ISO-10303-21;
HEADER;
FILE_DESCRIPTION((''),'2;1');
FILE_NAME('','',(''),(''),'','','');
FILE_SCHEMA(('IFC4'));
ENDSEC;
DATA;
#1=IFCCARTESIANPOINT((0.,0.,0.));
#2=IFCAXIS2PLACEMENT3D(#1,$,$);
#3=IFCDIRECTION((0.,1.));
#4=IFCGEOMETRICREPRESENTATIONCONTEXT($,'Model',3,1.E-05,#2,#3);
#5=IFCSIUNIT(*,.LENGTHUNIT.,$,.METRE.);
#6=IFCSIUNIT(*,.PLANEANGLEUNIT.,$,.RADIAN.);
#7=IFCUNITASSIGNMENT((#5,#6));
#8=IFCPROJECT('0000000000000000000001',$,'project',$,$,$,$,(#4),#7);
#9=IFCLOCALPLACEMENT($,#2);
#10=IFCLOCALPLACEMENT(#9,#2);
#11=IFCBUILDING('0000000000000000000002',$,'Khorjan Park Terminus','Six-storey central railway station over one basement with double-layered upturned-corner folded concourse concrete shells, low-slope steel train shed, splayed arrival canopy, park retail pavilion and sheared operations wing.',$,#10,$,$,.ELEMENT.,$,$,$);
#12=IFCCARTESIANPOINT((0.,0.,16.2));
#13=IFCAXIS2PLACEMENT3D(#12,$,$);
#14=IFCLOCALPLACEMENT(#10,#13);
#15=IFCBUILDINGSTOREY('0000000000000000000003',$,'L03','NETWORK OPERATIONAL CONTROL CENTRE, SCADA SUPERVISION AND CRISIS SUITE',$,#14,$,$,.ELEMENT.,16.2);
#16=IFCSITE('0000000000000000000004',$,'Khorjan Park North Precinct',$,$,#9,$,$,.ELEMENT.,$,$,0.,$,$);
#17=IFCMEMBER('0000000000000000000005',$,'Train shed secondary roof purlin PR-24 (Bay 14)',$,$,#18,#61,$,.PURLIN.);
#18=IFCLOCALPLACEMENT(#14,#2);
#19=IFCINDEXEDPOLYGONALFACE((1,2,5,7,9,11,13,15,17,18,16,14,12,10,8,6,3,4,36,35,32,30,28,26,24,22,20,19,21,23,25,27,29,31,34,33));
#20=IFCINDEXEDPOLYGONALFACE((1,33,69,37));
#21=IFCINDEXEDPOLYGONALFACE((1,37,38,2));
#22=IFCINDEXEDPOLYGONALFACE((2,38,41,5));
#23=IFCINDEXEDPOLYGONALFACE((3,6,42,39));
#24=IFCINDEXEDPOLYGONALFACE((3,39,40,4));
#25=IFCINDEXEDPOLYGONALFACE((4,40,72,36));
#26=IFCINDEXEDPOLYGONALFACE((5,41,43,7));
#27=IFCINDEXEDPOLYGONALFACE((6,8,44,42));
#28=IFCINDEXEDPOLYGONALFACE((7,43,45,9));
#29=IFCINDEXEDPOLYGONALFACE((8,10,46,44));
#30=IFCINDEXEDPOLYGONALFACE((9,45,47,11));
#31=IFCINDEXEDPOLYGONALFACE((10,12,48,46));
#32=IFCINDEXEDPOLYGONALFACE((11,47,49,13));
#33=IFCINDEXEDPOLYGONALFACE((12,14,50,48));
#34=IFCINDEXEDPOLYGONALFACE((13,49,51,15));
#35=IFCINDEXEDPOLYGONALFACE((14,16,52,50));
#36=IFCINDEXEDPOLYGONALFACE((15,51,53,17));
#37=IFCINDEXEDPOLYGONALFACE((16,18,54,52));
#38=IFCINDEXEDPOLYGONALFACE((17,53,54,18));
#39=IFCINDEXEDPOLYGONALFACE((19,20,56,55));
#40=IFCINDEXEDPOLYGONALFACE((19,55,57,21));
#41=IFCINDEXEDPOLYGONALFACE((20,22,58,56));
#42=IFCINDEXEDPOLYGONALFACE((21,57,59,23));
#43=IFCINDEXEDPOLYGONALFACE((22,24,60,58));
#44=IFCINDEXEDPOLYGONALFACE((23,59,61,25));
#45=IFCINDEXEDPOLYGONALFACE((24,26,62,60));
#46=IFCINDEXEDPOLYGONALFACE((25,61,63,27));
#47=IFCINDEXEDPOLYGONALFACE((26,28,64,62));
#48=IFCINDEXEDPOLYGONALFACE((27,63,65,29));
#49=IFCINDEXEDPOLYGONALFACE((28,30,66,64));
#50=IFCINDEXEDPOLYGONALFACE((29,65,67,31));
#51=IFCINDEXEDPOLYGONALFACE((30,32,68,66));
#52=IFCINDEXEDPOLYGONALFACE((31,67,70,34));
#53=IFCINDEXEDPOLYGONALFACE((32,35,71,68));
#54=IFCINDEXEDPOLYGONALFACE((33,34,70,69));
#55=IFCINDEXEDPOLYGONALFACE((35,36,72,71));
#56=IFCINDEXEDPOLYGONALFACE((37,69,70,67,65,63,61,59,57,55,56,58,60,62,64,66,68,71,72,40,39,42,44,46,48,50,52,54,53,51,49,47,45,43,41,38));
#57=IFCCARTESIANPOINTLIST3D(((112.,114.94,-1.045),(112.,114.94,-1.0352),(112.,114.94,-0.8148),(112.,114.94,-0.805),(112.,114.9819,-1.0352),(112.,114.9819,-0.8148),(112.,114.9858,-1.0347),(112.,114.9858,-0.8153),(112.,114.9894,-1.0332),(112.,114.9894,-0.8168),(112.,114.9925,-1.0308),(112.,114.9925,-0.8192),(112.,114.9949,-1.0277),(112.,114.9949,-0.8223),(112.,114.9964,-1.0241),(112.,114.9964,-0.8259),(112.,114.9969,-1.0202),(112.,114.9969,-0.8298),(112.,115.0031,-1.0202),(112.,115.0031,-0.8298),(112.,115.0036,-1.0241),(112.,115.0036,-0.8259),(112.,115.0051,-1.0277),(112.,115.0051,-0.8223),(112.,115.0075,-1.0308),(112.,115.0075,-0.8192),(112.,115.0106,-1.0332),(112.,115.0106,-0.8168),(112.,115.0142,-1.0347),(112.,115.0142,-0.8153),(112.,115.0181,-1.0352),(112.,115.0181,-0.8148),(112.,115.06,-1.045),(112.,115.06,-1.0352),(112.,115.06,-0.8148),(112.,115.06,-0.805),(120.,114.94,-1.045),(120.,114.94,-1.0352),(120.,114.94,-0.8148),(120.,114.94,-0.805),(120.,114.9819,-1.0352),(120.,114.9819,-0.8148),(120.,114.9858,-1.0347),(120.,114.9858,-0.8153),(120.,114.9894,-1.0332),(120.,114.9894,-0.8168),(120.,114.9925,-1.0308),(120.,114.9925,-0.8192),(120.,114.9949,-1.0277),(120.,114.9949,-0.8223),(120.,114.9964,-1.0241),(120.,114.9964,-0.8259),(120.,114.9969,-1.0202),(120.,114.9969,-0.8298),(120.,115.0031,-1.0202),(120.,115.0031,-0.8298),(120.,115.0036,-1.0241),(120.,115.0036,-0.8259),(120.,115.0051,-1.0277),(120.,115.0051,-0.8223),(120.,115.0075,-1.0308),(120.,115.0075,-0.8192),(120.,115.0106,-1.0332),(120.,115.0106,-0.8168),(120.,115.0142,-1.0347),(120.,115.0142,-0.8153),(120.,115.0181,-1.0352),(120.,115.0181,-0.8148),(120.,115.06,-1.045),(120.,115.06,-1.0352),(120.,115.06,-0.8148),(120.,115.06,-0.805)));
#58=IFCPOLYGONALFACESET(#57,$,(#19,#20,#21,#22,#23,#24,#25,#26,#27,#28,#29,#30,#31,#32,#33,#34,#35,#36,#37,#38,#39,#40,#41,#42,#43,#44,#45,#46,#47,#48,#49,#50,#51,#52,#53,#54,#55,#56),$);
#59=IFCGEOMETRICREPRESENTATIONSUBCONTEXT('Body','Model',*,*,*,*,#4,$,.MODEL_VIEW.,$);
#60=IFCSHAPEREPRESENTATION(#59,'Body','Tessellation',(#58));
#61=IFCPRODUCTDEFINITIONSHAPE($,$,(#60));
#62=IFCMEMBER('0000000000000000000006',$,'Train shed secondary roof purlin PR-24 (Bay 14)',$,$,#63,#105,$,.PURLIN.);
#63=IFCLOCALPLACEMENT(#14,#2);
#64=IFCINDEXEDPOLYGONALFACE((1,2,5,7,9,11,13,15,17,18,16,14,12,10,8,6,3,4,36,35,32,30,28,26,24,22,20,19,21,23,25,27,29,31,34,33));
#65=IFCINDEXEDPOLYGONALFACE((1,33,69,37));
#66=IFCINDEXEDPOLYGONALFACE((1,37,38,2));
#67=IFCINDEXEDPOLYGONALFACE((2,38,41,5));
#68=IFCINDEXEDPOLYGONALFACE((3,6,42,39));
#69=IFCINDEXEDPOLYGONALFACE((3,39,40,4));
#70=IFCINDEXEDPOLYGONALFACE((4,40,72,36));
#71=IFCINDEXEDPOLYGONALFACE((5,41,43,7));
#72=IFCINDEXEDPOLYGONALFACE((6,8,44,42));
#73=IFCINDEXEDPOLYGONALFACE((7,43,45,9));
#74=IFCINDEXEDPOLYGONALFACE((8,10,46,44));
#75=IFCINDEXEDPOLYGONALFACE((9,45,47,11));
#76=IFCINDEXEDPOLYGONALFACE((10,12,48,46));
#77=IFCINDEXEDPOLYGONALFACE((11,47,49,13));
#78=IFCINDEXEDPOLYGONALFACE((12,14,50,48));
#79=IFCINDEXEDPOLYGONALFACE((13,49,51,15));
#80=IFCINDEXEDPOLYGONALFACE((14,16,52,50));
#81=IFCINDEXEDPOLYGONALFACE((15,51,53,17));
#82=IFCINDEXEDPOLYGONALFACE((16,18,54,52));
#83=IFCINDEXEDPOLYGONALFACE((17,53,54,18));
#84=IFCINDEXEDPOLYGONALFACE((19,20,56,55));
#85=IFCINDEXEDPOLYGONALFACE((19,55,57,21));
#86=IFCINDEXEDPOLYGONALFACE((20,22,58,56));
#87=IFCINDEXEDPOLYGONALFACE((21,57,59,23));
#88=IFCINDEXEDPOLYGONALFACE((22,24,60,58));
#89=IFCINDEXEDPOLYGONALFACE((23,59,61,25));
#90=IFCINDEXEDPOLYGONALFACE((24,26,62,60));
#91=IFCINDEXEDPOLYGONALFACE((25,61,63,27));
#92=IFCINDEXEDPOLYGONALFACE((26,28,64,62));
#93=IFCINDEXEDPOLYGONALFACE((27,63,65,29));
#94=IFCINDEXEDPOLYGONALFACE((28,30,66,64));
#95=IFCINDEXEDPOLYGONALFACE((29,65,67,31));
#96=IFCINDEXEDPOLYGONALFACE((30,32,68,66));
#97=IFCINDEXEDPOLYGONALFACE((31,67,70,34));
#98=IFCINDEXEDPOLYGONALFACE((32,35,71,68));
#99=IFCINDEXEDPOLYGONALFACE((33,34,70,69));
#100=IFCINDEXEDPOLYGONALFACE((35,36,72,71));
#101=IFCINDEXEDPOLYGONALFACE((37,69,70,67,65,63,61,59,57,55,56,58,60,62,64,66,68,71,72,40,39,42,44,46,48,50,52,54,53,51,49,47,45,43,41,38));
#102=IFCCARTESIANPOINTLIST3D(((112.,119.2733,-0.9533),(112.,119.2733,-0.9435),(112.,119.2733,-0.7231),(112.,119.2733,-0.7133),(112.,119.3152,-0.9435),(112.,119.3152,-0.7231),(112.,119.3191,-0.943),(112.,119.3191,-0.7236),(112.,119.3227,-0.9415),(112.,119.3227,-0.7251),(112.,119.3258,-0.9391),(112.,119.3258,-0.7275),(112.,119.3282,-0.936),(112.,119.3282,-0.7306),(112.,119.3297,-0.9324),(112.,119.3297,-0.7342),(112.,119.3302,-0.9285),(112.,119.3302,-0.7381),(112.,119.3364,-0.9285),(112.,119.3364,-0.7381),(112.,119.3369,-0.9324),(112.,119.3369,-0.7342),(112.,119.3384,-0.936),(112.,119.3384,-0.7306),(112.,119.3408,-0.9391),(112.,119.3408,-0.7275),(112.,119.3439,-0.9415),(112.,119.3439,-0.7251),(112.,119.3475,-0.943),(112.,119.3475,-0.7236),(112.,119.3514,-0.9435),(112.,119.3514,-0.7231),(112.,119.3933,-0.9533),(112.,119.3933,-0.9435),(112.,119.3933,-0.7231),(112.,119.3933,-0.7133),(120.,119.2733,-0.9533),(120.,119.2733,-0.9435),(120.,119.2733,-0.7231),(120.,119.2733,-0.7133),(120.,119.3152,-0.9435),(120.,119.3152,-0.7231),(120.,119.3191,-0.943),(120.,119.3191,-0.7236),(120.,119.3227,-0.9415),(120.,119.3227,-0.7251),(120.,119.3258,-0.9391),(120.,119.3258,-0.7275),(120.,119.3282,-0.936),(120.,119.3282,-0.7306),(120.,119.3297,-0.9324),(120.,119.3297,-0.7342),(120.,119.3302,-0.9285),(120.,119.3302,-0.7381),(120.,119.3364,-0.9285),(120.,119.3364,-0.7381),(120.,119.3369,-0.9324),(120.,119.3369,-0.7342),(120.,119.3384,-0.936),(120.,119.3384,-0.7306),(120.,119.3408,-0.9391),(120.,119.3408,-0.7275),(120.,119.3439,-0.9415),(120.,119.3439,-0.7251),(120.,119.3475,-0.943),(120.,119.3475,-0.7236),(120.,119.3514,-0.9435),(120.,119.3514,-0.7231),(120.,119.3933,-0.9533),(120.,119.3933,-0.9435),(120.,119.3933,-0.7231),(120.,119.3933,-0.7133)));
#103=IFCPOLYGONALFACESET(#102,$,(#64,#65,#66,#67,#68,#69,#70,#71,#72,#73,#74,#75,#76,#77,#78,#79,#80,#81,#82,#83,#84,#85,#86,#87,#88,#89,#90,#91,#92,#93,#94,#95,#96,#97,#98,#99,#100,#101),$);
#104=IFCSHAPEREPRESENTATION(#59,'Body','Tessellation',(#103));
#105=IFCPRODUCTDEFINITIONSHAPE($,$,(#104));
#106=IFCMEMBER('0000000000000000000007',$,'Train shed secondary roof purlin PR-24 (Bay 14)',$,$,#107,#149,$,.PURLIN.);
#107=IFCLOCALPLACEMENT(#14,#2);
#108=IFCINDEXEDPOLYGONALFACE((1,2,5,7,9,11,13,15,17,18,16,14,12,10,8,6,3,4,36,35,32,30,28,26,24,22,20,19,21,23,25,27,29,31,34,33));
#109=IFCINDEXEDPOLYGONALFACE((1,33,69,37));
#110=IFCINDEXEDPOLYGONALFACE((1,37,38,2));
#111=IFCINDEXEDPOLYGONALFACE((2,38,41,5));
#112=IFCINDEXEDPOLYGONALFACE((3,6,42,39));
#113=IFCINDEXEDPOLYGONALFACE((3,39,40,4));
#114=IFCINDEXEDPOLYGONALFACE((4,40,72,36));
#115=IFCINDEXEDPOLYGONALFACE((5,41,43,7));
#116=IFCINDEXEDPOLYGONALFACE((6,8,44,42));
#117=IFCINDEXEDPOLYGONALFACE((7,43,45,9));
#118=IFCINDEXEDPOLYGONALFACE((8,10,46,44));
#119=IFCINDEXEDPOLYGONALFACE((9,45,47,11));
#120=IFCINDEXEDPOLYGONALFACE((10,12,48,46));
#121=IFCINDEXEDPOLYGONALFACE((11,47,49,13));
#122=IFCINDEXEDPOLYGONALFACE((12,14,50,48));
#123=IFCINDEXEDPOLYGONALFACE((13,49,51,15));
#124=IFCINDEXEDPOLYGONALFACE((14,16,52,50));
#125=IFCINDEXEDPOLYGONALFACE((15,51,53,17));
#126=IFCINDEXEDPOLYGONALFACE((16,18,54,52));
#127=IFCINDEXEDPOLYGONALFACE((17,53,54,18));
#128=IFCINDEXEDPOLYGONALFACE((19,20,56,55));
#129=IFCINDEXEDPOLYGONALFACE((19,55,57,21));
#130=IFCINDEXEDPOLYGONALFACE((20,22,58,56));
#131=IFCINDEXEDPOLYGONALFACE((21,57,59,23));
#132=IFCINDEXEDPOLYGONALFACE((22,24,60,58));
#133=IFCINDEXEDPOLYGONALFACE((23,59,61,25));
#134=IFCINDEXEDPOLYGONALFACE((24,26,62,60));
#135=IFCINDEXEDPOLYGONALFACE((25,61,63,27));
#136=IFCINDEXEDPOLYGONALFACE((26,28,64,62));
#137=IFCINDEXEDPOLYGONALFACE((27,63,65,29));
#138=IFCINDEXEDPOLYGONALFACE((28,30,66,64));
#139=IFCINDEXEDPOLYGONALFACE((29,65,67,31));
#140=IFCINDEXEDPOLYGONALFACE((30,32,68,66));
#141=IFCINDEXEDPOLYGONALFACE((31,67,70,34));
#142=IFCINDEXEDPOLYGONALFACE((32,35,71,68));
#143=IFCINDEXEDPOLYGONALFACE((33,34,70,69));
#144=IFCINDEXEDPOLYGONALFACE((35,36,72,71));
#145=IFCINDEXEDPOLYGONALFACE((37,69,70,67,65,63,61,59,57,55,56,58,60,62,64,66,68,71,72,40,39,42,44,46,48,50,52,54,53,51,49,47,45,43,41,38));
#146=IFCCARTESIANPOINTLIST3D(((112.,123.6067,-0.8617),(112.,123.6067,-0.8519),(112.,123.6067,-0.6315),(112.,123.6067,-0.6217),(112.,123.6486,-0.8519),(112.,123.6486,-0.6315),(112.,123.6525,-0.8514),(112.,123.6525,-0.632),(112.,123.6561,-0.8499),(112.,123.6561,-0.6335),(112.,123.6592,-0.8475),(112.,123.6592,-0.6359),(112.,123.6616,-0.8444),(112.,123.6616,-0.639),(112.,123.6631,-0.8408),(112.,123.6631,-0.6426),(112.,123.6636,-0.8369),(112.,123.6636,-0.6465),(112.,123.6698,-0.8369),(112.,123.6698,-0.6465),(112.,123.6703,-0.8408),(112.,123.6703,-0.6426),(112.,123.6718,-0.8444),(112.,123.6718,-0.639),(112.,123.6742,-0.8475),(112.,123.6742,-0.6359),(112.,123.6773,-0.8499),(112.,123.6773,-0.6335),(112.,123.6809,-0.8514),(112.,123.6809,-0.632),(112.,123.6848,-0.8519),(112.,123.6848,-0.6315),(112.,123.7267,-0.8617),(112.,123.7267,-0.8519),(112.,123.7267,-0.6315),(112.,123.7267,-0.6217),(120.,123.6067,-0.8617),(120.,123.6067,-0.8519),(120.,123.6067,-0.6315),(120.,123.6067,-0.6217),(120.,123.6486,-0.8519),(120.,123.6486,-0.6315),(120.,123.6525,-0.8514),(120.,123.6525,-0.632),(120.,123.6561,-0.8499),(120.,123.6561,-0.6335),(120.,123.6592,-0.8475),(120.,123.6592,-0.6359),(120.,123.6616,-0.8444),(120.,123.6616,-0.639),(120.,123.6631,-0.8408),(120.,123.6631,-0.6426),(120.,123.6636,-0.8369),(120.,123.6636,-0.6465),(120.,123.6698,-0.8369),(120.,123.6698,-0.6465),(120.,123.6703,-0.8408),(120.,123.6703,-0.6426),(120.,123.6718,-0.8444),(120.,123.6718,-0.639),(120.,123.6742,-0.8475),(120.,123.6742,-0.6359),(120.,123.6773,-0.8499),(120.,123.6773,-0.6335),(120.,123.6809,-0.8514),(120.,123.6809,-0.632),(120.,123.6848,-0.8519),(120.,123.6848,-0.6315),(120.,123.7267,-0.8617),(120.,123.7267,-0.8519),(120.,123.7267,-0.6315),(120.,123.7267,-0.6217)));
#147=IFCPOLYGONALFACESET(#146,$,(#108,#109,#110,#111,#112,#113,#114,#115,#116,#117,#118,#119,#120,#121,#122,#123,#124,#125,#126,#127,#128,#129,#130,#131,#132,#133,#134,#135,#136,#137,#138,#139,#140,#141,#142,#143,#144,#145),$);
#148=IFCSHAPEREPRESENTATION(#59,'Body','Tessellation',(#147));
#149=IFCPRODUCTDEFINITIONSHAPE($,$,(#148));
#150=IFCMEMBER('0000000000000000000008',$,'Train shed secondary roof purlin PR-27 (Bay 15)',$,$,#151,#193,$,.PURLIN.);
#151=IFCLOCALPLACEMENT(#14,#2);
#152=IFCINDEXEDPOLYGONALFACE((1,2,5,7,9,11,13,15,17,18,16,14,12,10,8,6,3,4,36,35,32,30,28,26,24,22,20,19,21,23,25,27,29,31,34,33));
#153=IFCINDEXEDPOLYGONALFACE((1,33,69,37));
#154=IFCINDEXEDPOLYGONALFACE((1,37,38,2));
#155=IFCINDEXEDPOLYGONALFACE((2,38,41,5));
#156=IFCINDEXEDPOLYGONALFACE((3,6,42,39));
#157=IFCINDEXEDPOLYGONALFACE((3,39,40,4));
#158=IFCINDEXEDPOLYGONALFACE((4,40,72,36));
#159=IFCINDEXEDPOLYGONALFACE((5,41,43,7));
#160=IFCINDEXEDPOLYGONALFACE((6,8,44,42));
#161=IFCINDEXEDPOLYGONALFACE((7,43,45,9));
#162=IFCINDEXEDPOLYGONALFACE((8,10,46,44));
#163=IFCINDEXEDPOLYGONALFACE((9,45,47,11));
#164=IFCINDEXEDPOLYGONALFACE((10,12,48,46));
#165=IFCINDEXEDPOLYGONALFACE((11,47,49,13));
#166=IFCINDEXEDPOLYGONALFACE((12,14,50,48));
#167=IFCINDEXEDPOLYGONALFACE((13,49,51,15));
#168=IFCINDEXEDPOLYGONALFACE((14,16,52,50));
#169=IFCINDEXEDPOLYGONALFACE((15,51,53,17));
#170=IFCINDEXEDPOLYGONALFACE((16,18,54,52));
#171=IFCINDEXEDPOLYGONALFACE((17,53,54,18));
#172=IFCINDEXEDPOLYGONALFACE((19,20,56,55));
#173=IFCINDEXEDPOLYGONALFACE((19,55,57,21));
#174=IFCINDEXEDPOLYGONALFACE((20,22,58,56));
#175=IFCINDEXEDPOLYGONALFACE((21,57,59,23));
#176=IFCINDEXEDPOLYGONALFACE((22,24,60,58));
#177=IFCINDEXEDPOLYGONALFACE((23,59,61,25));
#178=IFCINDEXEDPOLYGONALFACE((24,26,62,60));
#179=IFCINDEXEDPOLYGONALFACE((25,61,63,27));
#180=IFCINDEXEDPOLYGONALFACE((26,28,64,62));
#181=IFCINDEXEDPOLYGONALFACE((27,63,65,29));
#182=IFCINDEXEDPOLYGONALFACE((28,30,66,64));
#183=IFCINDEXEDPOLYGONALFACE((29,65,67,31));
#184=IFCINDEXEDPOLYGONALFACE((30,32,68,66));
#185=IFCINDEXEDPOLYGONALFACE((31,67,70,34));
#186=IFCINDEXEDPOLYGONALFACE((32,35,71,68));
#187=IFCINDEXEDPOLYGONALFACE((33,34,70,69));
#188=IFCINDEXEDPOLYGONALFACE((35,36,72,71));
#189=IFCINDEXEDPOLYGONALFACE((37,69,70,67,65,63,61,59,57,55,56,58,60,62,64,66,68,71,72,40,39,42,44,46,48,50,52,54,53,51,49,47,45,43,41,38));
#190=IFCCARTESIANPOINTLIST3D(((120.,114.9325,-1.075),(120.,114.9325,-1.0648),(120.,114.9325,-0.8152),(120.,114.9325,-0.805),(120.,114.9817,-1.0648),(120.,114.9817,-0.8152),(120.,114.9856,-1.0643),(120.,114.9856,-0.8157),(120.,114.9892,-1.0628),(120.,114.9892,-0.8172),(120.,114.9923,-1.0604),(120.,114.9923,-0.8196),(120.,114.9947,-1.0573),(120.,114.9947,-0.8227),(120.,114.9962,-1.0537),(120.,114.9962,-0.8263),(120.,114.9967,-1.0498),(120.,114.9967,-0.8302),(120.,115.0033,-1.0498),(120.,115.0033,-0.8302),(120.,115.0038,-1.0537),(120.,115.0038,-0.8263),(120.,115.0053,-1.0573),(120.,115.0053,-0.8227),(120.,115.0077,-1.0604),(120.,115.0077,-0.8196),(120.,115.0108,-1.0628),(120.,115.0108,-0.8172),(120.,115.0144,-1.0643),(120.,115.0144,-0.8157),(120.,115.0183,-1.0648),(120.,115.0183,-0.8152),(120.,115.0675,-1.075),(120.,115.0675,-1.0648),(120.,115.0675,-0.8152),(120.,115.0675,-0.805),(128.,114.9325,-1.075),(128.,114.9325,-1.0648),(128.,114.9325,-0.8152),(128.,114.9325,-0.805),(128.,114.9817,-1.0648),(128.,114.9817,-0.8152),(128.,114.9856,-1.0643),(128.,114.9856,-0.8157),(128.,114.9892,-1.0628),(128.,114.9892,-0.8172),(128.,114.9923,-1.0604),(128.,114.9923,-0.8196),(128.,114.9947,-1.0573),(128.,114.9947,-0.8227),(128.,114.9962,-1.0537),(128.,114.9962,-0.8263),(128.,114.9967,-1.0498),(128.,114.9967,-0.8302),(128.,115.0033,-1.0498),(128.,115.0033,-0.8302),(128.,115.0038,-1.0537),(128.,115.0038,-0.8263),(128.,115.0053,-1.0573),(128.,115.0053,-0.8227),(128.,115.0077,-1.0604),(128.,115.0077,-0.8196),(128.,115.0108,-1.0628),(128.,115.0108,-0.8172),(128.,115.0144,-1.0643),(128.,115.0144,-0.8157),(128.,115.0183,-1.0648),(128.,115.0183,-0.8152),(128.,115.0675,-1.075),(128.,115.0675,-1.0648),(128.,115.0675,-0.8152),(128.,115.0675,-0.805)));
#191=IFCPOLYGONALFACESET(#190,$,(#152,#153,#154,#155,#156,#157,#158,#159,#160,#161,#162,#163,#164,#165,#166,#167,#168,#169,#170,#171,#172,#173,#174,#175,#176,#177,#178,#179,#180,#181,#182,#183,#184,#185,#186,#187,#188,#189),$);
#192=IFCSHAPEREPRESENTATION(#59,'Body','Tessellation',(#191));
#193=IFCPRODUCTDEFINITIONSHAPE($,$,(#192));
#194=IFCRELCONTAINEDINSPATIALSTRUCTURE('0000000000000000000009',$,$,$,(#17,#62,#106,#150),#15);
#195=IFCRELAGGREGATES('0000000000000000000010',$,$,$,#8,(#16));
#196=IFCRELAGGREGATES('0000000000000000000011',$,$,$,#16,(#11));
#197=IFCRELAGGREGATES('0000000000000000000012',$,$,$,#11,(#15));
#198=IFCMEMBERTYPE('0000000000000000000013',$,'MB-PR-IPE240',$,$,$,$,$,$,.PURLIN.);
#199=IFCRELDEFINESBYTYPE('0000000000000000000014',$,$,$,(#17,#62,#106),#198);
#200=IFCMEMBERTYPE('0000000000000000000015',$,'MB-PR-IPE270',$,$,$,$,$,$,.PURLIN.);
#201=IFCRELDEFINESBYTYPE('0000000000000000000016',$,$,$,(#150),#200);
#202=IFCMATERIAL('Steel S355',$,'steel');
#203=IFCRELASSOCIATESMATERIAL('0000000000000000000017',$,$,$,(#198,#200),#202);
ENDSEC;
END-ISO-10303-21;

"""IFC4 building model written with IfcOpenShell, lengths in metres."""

from ifc_helpers import new_model, si_unit, direction, frame, origin, origin_2d, place, context, subcontext, project, spatial, i_section, extrude, material, material_profile, profile_set, type_object, element, save


model = new_model("IFC4")

# Units and contexts
model_context = context("Model", 3, precision=1e-05, world=origin(), true_north=direction((0.0, 1.0)))
body_context = subcontext(model_context, "Body", "Model", "MODEL_VIEW")
ifc_project = project(units=[si_unit("LENGTHUNIT", "METRE"), si_unit("PLANEANGLEUNIT", "RADIAN")], contexts=[model_context])

# Site, building, storey
site_placement = place(None, origin())
site = spatial("IfcSite", under=ifc_project, at=site_placement, Name="Khorjan Park North Precinct", CompositionType="ELEMENT", RefElevation=0.0)
building_placement = place(site_placement, origin())
building = spatial("IfcBuilding", under=site, at=building_placement, Name="Khorjan Park Terminus", Description="Six-storey central railway station over one basement with double-layered upturned-corner folded concourse concrete shells, low-slope steel train shed, splayed arrival canopy, park retail pavilion and sheared operations wing.", CompositionType="ELEMENT")
storey_placement = place(building_placement, frame((0.0, 0.0, 16.2)))
storey = spatial("IfcBuildingStorey", under=building, at=storey_placement, Name="L03", Description="NETWORK OPERATIONAL CONTROL CENTRE, SCADA SUPERVISION AND CRISIS SUITE", CompositionType="ELEMENT", Elevation=16.2)

# Members
ifc_material = material(Name="Steel S355", Category="steel")
ifc_material_profile_1 = material_profile(ifc_material, i_section(OverallWidth=0.12, OverallDepth=0.24, WebThickness=0.0062, FlangeThickness=0.0098, FilletRadius=0.015, at=origin_2d()), Name="IPE 240")
ifc_profile_set_1 = profile_set([ifc_material_profile_1], Name="Steel S355")
member_type_1 = type_object("IfcMemberType", Name="MB-PR-IPE240", PredefinedType="PURLIN", material=ifc_profile_set_1)
for number, where, z_axis, x_axis, name in (
    (1, (112.0, 115.0, -0.925), (1.0, 0.0, 0.0), (0.0, 1.0, 0.0), "Train shed secondary roof purlin PR-24 (Bay 14)"),
    (2, (112.0, 119.3333, -0.8333), (1.0, 0.0, 0.0), (0.0, 1.0, 0.0), "Train shed secondary roof purlin PR-24 (Bay 14)"),
    (3, (112.0, 123.6667, -0.7417), (1.0, 0.0, 0.0), (0.0, 1.0, 0.0), "Train shed secondary roof purlin PR-24 (Bay 14)"),
):
    element("IfcMember", number, at=place(storey_placement, frame(where, z_axis=z_axis, x_axis=x_axis)), inside=storey, type_object=member_type_1, Name=name, PredefinedType="PURLIN", context=body_context, shape_type="SweptSolid", body=[
        extrude(i_section(OverallWidth=0.12, OverallDepth=0.24, WebThickness=0.0062, FlangeThickness=0.0098, FilletRadius=0.015, at=origin_2d()), origin(), (0.0, 0.0, 1.0), 8.0),
    ])
ifc_material_profile_2 = material_profile(ifc_material, i_section(OverallWidth=0.135, OverallDepth=0.27, WebThickness=0.0066, FlangeThickness=0.0102, FilletRadius=0.015, at=origin_2d()), Name="IPE 270")
ifc_profile_set_2 = profile_set([ifc_material_profile_2], Name="Steel S355")
member_type_2 = type_object("IfcMemberType", Name="MB-PR-IPE270", PredefinedType="PURLIN", material=ifc_profile_set_2)
member_1_placement = place(storey_placement, frame((120.0, 115.0, -0.94), z_axis=(1.0, 0.0, 0.0), x_axis=(0.0, 1.0, 0.0)))
element("IfcMember", 4, at=member_1_placement, inside=storey, type_object=member_type_2, Name="Train shed secondary roof purlin PR-27 (Bay 15)", PredefinedType="PURLIN", context=body_context, shape_type="SweptSolid", body=[
    extrude(i_section(OverallWidth=0.135, OverallDepth=0.27, WebThickness=0.0066, FlangeThickness=0.0102, FilletRadius=0.015, at=origin_2d()), origin(), (0.0, 0.0, 1.0), 8.0),
])

save(model, "model.ifc")
